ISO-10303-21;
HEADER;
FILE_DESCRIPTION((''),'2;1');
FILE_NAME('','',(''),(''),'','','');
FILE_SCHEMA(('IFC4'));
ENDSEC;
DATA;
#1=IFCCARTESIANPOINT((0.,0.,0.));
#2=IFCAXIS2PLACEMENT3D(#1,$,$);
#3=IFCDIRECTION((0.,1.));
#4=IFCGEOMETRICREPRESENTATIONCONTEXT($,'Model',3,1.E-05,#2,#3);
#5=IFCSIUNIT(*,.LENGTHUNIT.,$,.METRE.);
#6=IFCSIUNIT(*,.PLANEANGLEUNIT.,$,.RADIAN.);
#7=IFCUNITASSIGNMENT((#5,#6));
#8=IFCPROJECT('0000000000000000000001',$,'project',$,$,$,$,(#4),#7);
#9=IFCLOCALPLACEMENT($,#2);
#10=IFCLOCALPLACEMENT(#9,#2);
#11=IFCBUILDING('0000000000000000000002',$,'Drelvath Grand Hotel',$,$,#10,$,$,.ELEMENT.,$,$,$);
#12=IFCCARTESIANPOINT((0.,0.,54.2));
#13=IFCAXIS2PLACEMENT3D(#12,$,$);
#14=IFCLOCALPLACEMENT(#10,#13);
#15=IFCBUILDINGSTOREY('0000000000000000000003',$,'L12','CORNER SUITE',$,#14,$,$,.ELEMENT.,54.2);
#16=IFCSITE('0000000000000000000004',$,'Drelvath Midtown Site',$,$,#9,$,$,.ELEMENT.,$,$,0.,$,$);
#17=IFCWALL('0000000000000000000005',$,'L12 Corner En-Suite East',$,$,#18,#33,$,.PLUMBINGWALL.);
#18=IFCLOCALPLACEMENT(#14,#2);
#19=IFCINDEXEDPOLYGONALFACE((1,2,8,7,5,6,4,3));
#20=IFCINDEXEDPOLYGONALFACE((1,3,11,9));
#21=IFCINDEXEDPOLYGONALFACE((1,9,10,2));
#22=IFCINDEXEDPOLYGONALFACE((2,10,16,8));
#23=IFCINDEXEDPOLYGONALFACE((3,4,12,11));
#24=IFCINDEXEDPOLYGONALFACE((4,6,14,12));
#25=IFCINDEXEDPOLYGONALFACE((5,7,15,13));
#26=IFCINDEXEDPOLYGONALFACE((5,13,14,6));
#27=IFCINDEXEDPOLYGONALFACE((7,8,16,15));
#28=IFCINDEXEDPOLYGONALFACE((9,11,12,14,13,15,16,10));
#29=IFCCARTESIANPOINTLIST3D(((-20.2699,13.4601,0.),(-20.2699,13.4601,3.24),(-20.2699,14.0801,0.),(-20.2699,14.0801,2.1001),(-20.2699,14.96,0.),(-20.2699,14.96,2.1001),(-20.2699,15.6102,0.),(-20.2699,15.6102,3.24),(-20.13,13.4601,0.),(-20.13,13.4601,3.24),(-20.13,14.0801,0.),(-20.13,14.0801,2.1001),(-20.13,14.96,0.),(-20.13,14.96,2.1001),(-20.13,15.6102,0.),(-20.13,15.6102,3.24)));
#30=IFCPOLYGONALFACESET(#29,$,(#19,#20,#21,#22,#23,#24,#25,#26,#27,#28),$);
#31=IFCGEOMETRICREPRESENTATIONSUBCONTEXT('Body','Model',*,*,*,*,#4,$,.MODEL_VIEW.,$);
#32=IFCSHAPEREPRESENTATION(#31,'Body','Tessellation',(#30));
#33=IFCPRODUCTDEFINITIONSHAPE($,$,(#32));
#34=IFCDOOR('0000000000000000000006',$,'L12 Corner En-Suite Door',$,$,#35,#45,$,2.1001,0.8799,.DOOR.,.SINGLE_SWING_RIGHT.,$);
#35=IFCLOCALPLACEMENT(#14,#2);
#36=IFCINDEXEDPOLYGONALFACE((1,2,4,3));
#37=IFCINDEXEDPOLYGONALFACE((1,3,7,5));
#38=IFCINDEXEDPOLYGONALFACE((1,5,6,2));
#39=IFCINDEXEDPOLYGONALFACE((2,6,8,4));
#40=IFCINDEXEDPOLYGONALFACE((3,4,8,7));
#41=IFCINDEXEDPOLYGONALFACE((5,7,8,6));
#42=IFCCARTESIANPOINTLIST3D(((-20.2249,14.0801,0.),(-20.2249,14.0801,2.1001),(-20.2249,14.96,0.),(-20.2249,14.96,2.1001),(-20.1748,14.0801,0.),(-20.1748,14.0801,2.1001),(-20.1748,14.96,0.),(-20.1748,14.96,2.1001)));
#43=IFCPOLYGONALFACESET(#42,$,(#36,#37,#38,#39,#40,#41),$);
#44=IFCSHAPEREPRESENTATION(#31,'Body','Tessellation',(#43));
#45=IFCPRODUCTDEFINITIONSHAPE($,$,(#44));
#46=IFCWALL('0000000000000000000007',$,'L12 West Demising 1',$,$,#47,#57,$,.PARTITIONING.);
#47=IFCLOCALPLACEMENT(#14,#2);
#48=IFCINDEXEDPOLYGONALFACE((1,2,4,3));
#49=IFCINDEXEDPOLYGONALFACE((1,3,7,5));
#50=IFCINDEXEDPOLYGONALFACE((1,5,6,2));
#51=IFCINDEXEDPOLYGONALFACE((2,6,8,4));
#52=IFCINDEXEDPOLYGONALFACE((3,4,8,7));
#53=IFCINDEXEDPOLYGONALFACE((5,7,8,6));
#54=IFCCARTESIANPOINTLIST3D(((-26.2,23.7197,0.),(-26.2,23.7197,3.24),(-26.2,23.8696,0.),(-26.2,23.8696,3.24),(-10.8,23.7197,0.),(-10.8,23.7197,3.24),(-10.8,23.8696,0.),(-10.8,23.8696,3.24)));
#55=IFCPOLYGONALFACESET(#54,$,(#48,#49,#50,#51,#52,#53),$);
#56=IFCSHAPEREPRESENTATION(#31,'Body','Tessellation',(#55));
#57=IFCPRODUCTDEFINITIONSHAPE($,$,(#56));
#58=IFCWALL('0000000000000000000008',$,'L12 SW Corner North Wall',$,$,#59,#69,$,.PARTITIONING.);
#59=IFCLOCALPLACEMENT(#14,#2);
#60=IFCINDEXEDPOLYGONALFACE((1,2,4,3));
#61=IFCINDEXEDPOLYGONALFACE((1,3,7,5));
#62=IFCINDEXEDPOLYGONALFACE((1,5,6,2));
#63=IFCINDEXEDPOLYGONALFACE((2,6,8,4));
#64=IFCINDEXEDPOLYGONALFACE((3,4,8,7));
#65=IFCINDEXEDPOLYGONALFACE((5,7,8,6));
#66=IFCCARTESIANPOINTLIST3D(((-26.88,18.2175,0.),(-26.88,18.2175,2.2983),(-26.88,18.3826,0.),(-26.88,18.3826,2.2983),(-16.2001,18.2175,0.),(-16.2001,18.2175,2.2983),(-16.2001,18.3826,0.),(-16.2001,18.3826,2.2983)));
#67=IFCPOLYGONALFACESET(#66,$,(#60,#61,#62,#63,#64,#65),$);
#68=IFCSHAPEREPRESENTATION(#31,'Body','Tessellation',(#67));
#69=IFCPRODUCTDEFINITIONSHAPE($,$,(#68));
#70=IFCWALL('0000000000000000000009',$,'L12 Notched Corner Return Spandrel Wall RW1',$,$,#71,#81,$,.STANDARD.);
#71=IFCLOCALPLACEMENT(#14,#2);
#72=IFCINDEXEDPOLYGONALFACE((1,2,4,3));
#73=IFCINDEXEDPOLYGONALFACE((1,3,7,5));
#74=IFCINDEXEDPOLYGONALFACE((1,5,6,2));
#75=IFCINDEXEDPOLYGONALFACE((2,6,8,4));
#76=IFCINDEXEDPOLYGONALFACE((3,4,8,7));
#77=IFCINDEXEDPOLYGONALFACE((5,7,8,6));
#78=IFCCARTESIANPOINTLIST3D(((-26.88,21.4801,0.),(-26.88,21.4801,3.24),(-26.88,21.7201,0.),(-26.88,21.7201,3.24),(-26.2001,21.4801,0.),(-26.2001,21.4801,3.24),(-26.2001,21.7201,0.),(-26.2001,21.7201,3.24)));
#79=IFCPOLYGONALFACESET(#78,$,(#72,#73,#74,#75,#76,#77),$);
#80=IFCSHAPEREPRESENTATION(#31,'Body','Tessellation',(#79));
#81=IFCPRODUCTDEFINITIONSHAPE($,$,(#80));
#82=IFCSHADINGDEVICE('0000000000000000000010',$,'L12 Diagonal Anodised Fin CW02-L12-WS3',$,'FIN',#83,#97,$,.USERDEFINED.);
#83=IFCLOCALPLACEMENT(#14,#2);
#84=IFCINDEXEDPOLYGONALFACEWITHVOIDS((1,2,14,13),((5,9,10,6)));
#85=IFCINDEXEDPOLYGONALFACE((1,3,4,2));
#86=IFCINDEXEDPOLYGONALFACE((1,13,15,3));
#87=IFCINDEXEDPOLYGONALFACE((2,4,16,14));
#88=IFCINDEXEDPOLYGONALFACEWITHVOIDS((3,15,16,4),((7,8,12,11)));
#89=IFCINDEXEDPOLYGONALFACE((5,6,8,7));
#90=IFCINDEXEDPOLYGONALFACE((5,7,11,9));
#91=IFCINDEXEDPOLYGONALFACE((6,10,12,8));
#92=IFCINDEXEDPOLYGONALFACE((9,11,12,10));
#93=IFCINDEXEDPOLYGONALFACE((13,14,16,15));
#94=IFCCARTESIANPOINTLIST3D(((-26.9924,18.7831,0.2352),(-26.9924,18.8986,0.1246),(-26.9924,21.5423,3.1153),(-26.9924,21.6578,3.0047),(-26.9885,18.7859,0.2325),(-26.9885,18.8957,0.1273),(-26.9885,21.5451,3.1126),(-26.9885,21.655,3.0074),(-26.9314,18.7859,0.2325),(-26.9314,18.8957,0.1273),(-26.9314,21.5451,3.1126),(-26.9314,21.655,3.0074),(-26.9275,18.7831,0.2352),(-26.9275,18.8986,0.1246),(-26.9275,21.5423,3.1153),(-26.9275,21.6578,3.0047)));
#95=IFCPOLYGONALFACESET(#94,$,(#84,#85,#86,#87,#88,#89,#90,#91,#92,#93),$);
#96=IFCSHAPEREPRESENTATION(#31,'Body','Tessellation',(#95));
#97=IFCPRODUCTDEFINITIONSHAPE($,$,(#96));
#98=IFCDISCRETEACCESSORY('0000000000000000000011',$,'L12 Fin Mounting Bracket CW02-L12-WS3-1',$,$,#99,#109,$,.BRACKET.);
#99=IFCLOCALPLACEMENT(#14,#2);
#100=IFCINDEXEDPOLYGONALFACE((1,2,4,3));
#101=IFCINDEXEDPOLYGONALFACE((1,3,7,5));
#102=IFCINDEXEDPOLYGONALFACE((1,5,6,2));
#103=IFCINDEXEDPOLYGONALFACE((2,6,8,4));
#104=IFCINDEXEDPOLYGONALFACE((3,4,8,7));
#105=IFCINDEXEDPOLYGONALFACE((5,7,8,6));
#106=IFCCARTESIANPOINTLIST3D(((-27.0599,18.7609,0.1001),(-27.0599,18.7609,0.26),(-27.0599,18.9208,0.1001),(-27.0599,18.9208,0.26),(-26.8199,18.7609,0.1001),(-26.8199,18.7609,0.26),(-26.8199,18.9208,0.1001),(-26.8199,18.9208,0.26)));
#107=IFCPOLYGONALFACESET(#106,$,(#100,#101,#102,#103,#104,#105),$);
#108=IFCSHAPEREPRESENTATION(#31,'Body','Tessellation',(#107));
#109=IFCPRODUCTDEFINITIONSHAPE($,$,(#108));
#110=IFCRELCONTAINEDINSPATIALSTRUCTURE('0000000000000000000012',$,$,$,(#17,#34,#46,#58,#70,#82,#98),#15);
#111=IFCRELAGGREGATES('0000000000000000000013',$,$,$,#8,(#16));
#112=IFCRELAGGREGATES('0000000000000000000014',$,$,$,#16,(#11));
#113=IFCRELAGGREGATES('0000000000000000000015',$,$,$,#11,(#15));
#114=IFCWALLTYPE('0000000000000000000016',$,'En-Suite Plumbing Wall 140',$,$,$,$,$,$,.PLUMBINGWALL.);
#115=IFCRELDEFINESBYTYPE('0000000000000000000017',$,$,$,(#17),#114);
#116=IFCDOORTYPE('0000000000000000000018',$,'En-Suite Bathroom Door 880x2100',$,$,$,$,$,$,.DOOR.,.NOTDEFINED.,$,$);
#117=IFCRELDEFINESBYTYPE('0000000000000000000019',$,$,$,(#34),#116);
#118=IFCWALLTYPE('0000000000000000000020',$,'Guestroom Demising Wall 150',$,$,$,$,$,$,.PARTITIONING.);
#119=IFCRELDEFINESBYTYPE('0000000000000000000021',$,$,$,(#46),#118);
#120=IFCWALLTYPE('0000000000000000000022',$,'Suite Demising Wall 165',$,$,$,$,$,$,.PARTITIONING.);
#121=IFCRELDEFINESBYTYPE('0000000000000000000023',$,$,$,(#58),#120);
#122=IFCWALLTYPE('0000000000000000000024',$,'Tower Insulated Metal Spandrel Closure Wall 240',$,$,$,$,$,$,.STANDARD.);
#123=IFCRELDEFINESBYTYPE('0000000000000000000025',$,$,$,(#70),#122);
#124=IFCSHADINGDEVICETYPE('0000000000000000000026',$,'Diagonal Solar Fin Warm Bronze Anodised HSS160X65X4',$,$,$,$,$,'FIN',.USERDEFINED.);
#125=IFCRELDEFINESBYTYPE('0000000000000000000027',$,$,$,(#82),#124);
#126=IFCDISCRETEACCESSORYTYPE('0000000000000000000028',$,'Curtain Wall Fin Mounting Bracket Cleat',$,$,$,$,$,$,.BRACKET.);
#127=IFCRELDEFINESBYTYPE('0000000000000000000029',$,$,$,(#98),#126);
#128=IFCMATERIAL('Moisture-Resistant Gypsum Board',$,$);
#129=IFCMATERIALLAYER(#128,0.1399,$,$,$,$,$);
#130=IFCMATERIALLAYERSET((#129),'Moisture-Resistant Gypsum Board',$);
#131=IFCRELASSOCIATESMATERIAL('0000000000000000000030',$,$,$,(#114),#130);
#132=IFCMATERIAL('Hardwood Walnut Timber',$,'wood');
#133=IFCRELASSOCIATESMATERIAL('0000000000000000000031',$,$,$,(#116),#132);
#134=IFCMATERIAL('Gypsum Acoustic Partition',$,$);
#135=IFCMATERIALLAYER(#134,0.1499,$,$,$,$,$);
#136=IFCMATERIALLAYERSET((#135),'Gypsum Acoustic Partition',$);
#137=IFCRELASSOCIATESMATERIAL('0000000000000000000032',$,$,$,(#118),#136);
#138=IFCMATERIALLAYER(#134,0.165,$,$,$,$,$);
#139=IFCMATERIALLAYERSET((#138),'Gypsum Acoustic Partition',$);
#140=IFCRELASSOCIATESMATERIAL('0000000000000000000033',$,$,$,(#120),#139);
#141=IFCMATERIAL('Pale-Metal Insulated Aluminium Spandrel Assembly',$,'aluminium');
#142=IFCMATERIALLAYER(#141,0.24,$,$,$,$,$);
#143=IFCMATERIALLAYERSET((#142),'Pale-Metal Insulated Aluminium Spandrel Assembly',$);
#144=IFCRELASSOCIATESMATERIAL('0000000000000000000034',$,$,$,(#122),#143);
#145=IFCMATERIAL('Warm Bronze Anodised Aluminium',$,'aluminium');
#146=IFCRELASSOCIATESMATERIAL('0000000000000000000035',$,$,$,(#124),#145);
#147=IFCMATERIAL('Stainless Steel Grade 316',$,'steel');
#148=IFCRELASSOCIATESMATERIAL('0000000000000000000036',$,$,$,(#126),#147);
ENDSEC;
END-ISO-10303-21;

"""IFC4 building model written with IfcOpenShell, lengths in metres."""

from ifc_helpers import new_model, si_unit, direction, frame, frame_2d, origin, origin_2d, place, context, subcontext, project, spatial, rectangle, hollow_rectangle, extrude, material, layer, layer_set, material_profile, profile_set, type_object, element, fill, save


model = new_model("IFC4")

# Units and contexts
model_context = context("Model", 3, precision=1e-05, world=origin(), true_north=direction((0.0, 1.0)))
body_context = subcontext(model_context, "Body", "Model", "MODEL_VIEW")
ifc_project = project(units=[si_unit("LENGTHUNIT", "METRE"), si_unit("PLANEANGLEUNIT", "RADIAN")], contexts=[model_context])

# Site, building, storey
site_placement = place(None, origin())
site = spatial("IfcSite", under=ifc_project, at=site_placement, Name="Drelvath Midtown Site", CompositionType="ELEMENT", RefElevation=0.0)
building_placement = place(site_placement, origin())
building = spatial("IfcBuilding", under=site, at=building_placement, Name="Drelvath Grand Hotel", CompositionType="ELEMENT")
storey_placement = place(building_placement, frame((0.0, 0.0, 54.2)))
storey = spatial("IfcBuildingStorey", under=building, at=storey_placement, Name="L12", Description="CORNER SUITE", CompositionType="ELEMENT", Elevation=54.2)

# Shared definitions
ifc_material_1 = material(Name="Hardwood Walnut Timber", Category="wood")

# Shared definitions
ifc_material_2 = material(Name="Moisture-Resistant Gypsum Board")
ifc_layer_1 = layer(ifc_material_2, 0.1399)
ifc_layer_set_1 = layer_set([ifc_layer_1], Name="Moisture-Resistant Gypsum Board")
wall_type_1 = type_object("IfcWallType", Name="En-Suite Plumbing Wall 140", PredefinedType="PLUMBINGWALL", material=ifc_layer_set_1)

# Wall, opening, door
wall_1_placement = place(storey_placement, frame((-20.2, 13.46, 0.0), z_axis=(0.0, 0.0, 1.0), x_axis=(0.0, 1.0, 0.0)))
wall_1 = element("IfcWall", 1, at=wall_1_placement, inside=storey, type_object=wall_type_1, Name="L12 Corner En-Suite East", PredefinedType="PLUMBINGWALL", context=body_context, shape_type="SweptSolid", body=[
    extrude(rectangle(XDim=2.1501, YDim=0.1399, at=frame_2d((1.0752, 0.0))), origin(), (0.0, 0.0, 1.0), 3.24),
])
opening_1_placement = place(wall_1_placement, frame((0.6201, 0.0, 0.0)))
opening_1 = element("IfcOpeningElement", 2, at=opening_1_placement, cuts=wall_1, PredefinedType="OPENING", context=body_context, shape_type="SweptSolid", body=[
    extrude(rectangle(XDim=0.8799, YDim=2.1001, at=frame_2d((0.4399, 1.05))), frame((0.0, 0.0798, 0.0), z_axis=(0.0, -1.0, 0.0), x_axis=(1.0, 0.0, 0.0)), (0.0, 0.0, 1.0), 0.1599),
])
door_type_1 = type_object("IfcDoorType", Name="En-Suite Bathroom Door 880x2100", OperationType="NOTDEFINED", PredefinedType="DOOR", material=ifc_material_1)
door_1_placement = place(opening_1_placement, origin())
door_1 = element("IfcDoor", 3, at=door_1_placement, inside=storey, type_object=door_type_1, Name="L12 Corner En-Suite Door", OperationType="SINGLE_SWING_RIGHT", OverallHeight=2.1001, OverallWidth=0.8799, PredefinedType="DOOR", context=body_context, shape_type="SweptSolid", body=[
    extrude(rectangle(XDim=0.8799, YDim=2.1001, at=frame_2d((0.4399, 1.05))), frame((0.0, 0.0249, 0.0), z_axis=(0.0, -1.0, 0.0), x_axis=(1.0, 0.0, 0.0)), (0.0, 0.0, 1.0), 0.05),
])
fill(opening_1, door_1)

# Walls
ifc_material_3 = material(Name="Gypsum Acoustic Partition")
ifc_layer_2 = layer(ifc_material_3, 0.1499)
ifc_layer_set_2 = layer_set([ifc_layer_2], Name="Gypsum Acoustic Partition")
wall_type_2 = type_object("IfcWallType", Name="Guestroom Demising Wall 150", PredefinedType="PARTITIONING", material=ifc_layer_set_2)
wall_2_placement = place(storey_placement, frame((-26.2, 23.7947, 0.0), z_axis=(0.0, 0.0, 1.0), x_axis=(1.0, 0.0, 0.0)))
element("IfcWall", 4, at=wall_2_placement, inside=storey, type_object=wall_type_2, Name="L12 West Demising 1", PredefinedType="PARTITIONING", context=body_context, shape_type="SweptSolid", body=[
    extrude(rectangle(XDim=15.3999, YDim=0.1499, at=frame_2d((7.7, 0.0))), origin(), (0.0, 0.0, 1.0), 3.24),
])
ifc_layer_3 = layer(ifc_material_3, 0.165)
ifc_layer_set_3 = layer_set([ifc_layer_3], Name="Gypsum Acoustic Partition")
wall_type_3 = type_object("IfcWallType", Name="Suite Demising Wall 165", PredefinedType="PARTITIONING", material=ifc_layer_set_3)
wall_3_placement = place(storey_placement, frame((-26.8799, 18.3, 0.0), z_axis=(0.0, 0.0, 1.0), x_axis=(1.0, 0.0, 0.0)))
element("IfcWall", 5, at=wall_3_placement, inside=storey, type_object=wall_type_3, Name="L12 SW Corner North Wall", PredefinedType="PARTITIONING", context=body_context, shape_type="SweptSolid", body=[
    extrude(rectangle(XDim=10.6799, YDim=0.165, at=frame_2d((5.3398, 0.0))), origin(), (0.0, 0.0, 1.0), 2.2983),
])
ifc_material_4 = material(Name="Pale-Metal Insulated Aluminium Spandrel Assembly", Category="aluminium")
ifc_layer_4 = layer(ifc_material_4, 0.24)
ifc_layer_set_4 = layer_set([ifc_layer_4], Name="Pale-Metal Insulated Aluminium Spandrel Assembly")
wall_type_4 = type_object("IfcWallType", Name="Tower Insulated Metal Spandrel Closure Wall 240", PredefinedType="STANDARD", material=ifc_layer_set_4)
wall_4_placement = place(storey_placement, frame((-26.8799, 21.6001, 0.0), z_axis=(0.0, 0.0, 1.0), x_axis=(1.0, 0.0, 0.0)))
element("IfcWall", 6, at=wall_4_placement, inside=storey, type_object=wall_type_4, Name="L12 Notched Corner Return Spandrel Wall RW1", PredefinedType="STANDARD", context=body_context, shape_type="SweptSolid", body=[
    extrude(rectangle(XDim=0.6799, YDim=0.24, at=frame_2d((0.3398, 0.0))), origin(), (0.0, 0.0, 1.0), 3.24),
])

# Shading device
ifc_material_5 = material(Name="Warm Bronze Anodised Aluminium", Category="aluminium")
ifc_material_profile_1 = material_profile(ifc_material_5, hollow_rectangle(XDim=0.0649, YDim=0.1599, WallThickness=0.0039, at=origin_2d()), Name="HSS160X65X4")
ifc_profile_set_1 = profile_set([ifc_material_profile_1], Name="Warm Bronze Anodised Aluminium")
shading_device_type = type_object("IfcShadingDeviceType", Name="Diagonal Solar Fin Warm Bronze Anodised HSS160X65X4", ElementType="FIN", PredefinedType="USERDEFINED", material=ifc_profile_set_1)
shading_device_placement = place(storey_placement, frame((-26.96, 18.8408, 0.1799), z_axis=(0.0, 0.691795, 0.722094), x_axis=(-1.0, 0.0, 0.0)))
element("IfcShadingDevice", 7, at=shading_device_placement, inside=storey, type_object=shading_device_type, Name="L12 Diagonal Anodised Fin CW02-L12-WS3", ObjectType="FIN", PredefinedType="USERDEFINED", context=body_context, shape_type="SweptSolid", body=[
    extrude(hollow_rectangle(XDim=0.0649, YDim=0.1599, WallThickness=0.0039, at=origin_2d()), origin(), (0.0, 0.0, 1.0), 3.9885),
])

# Discrete accessory
ifc_material_6 = material(Name="Stainless Steel Grade 316", Category="steel")
discrete_accessory_type = type_object("IfcDiscreteAccessoryType", Name="Curtain Wall Fin Mounting Bracket Cleat", PredefinedType="BRACKET", material=ifc_material_6)
discrete_accessory_placement = place(storey_placement, frame((-26.9399, 18.8408, 0.1001), z_axis=(0.0, 0.0, 1.0), x_axis=(0.0, 1.0, 0.0)))
element("IfcDiscreteAccessory", 8, at=discrete_accessory_placement, inside=storey, type_object=discrete_accessory_type, Name="L12 Fin Mounting Bracket CW02-L12-WS3-1", PredefinedType="BRACKET", context=body_context, shape_type="SweptSolid", body=[
    extrude(rectangle(XDim=0.1599, YDim=0.24, at=origin_2d()), origin(), (0.0, 0.0, 1.0), 0.1599),
])

save(model, "model.ifc")
